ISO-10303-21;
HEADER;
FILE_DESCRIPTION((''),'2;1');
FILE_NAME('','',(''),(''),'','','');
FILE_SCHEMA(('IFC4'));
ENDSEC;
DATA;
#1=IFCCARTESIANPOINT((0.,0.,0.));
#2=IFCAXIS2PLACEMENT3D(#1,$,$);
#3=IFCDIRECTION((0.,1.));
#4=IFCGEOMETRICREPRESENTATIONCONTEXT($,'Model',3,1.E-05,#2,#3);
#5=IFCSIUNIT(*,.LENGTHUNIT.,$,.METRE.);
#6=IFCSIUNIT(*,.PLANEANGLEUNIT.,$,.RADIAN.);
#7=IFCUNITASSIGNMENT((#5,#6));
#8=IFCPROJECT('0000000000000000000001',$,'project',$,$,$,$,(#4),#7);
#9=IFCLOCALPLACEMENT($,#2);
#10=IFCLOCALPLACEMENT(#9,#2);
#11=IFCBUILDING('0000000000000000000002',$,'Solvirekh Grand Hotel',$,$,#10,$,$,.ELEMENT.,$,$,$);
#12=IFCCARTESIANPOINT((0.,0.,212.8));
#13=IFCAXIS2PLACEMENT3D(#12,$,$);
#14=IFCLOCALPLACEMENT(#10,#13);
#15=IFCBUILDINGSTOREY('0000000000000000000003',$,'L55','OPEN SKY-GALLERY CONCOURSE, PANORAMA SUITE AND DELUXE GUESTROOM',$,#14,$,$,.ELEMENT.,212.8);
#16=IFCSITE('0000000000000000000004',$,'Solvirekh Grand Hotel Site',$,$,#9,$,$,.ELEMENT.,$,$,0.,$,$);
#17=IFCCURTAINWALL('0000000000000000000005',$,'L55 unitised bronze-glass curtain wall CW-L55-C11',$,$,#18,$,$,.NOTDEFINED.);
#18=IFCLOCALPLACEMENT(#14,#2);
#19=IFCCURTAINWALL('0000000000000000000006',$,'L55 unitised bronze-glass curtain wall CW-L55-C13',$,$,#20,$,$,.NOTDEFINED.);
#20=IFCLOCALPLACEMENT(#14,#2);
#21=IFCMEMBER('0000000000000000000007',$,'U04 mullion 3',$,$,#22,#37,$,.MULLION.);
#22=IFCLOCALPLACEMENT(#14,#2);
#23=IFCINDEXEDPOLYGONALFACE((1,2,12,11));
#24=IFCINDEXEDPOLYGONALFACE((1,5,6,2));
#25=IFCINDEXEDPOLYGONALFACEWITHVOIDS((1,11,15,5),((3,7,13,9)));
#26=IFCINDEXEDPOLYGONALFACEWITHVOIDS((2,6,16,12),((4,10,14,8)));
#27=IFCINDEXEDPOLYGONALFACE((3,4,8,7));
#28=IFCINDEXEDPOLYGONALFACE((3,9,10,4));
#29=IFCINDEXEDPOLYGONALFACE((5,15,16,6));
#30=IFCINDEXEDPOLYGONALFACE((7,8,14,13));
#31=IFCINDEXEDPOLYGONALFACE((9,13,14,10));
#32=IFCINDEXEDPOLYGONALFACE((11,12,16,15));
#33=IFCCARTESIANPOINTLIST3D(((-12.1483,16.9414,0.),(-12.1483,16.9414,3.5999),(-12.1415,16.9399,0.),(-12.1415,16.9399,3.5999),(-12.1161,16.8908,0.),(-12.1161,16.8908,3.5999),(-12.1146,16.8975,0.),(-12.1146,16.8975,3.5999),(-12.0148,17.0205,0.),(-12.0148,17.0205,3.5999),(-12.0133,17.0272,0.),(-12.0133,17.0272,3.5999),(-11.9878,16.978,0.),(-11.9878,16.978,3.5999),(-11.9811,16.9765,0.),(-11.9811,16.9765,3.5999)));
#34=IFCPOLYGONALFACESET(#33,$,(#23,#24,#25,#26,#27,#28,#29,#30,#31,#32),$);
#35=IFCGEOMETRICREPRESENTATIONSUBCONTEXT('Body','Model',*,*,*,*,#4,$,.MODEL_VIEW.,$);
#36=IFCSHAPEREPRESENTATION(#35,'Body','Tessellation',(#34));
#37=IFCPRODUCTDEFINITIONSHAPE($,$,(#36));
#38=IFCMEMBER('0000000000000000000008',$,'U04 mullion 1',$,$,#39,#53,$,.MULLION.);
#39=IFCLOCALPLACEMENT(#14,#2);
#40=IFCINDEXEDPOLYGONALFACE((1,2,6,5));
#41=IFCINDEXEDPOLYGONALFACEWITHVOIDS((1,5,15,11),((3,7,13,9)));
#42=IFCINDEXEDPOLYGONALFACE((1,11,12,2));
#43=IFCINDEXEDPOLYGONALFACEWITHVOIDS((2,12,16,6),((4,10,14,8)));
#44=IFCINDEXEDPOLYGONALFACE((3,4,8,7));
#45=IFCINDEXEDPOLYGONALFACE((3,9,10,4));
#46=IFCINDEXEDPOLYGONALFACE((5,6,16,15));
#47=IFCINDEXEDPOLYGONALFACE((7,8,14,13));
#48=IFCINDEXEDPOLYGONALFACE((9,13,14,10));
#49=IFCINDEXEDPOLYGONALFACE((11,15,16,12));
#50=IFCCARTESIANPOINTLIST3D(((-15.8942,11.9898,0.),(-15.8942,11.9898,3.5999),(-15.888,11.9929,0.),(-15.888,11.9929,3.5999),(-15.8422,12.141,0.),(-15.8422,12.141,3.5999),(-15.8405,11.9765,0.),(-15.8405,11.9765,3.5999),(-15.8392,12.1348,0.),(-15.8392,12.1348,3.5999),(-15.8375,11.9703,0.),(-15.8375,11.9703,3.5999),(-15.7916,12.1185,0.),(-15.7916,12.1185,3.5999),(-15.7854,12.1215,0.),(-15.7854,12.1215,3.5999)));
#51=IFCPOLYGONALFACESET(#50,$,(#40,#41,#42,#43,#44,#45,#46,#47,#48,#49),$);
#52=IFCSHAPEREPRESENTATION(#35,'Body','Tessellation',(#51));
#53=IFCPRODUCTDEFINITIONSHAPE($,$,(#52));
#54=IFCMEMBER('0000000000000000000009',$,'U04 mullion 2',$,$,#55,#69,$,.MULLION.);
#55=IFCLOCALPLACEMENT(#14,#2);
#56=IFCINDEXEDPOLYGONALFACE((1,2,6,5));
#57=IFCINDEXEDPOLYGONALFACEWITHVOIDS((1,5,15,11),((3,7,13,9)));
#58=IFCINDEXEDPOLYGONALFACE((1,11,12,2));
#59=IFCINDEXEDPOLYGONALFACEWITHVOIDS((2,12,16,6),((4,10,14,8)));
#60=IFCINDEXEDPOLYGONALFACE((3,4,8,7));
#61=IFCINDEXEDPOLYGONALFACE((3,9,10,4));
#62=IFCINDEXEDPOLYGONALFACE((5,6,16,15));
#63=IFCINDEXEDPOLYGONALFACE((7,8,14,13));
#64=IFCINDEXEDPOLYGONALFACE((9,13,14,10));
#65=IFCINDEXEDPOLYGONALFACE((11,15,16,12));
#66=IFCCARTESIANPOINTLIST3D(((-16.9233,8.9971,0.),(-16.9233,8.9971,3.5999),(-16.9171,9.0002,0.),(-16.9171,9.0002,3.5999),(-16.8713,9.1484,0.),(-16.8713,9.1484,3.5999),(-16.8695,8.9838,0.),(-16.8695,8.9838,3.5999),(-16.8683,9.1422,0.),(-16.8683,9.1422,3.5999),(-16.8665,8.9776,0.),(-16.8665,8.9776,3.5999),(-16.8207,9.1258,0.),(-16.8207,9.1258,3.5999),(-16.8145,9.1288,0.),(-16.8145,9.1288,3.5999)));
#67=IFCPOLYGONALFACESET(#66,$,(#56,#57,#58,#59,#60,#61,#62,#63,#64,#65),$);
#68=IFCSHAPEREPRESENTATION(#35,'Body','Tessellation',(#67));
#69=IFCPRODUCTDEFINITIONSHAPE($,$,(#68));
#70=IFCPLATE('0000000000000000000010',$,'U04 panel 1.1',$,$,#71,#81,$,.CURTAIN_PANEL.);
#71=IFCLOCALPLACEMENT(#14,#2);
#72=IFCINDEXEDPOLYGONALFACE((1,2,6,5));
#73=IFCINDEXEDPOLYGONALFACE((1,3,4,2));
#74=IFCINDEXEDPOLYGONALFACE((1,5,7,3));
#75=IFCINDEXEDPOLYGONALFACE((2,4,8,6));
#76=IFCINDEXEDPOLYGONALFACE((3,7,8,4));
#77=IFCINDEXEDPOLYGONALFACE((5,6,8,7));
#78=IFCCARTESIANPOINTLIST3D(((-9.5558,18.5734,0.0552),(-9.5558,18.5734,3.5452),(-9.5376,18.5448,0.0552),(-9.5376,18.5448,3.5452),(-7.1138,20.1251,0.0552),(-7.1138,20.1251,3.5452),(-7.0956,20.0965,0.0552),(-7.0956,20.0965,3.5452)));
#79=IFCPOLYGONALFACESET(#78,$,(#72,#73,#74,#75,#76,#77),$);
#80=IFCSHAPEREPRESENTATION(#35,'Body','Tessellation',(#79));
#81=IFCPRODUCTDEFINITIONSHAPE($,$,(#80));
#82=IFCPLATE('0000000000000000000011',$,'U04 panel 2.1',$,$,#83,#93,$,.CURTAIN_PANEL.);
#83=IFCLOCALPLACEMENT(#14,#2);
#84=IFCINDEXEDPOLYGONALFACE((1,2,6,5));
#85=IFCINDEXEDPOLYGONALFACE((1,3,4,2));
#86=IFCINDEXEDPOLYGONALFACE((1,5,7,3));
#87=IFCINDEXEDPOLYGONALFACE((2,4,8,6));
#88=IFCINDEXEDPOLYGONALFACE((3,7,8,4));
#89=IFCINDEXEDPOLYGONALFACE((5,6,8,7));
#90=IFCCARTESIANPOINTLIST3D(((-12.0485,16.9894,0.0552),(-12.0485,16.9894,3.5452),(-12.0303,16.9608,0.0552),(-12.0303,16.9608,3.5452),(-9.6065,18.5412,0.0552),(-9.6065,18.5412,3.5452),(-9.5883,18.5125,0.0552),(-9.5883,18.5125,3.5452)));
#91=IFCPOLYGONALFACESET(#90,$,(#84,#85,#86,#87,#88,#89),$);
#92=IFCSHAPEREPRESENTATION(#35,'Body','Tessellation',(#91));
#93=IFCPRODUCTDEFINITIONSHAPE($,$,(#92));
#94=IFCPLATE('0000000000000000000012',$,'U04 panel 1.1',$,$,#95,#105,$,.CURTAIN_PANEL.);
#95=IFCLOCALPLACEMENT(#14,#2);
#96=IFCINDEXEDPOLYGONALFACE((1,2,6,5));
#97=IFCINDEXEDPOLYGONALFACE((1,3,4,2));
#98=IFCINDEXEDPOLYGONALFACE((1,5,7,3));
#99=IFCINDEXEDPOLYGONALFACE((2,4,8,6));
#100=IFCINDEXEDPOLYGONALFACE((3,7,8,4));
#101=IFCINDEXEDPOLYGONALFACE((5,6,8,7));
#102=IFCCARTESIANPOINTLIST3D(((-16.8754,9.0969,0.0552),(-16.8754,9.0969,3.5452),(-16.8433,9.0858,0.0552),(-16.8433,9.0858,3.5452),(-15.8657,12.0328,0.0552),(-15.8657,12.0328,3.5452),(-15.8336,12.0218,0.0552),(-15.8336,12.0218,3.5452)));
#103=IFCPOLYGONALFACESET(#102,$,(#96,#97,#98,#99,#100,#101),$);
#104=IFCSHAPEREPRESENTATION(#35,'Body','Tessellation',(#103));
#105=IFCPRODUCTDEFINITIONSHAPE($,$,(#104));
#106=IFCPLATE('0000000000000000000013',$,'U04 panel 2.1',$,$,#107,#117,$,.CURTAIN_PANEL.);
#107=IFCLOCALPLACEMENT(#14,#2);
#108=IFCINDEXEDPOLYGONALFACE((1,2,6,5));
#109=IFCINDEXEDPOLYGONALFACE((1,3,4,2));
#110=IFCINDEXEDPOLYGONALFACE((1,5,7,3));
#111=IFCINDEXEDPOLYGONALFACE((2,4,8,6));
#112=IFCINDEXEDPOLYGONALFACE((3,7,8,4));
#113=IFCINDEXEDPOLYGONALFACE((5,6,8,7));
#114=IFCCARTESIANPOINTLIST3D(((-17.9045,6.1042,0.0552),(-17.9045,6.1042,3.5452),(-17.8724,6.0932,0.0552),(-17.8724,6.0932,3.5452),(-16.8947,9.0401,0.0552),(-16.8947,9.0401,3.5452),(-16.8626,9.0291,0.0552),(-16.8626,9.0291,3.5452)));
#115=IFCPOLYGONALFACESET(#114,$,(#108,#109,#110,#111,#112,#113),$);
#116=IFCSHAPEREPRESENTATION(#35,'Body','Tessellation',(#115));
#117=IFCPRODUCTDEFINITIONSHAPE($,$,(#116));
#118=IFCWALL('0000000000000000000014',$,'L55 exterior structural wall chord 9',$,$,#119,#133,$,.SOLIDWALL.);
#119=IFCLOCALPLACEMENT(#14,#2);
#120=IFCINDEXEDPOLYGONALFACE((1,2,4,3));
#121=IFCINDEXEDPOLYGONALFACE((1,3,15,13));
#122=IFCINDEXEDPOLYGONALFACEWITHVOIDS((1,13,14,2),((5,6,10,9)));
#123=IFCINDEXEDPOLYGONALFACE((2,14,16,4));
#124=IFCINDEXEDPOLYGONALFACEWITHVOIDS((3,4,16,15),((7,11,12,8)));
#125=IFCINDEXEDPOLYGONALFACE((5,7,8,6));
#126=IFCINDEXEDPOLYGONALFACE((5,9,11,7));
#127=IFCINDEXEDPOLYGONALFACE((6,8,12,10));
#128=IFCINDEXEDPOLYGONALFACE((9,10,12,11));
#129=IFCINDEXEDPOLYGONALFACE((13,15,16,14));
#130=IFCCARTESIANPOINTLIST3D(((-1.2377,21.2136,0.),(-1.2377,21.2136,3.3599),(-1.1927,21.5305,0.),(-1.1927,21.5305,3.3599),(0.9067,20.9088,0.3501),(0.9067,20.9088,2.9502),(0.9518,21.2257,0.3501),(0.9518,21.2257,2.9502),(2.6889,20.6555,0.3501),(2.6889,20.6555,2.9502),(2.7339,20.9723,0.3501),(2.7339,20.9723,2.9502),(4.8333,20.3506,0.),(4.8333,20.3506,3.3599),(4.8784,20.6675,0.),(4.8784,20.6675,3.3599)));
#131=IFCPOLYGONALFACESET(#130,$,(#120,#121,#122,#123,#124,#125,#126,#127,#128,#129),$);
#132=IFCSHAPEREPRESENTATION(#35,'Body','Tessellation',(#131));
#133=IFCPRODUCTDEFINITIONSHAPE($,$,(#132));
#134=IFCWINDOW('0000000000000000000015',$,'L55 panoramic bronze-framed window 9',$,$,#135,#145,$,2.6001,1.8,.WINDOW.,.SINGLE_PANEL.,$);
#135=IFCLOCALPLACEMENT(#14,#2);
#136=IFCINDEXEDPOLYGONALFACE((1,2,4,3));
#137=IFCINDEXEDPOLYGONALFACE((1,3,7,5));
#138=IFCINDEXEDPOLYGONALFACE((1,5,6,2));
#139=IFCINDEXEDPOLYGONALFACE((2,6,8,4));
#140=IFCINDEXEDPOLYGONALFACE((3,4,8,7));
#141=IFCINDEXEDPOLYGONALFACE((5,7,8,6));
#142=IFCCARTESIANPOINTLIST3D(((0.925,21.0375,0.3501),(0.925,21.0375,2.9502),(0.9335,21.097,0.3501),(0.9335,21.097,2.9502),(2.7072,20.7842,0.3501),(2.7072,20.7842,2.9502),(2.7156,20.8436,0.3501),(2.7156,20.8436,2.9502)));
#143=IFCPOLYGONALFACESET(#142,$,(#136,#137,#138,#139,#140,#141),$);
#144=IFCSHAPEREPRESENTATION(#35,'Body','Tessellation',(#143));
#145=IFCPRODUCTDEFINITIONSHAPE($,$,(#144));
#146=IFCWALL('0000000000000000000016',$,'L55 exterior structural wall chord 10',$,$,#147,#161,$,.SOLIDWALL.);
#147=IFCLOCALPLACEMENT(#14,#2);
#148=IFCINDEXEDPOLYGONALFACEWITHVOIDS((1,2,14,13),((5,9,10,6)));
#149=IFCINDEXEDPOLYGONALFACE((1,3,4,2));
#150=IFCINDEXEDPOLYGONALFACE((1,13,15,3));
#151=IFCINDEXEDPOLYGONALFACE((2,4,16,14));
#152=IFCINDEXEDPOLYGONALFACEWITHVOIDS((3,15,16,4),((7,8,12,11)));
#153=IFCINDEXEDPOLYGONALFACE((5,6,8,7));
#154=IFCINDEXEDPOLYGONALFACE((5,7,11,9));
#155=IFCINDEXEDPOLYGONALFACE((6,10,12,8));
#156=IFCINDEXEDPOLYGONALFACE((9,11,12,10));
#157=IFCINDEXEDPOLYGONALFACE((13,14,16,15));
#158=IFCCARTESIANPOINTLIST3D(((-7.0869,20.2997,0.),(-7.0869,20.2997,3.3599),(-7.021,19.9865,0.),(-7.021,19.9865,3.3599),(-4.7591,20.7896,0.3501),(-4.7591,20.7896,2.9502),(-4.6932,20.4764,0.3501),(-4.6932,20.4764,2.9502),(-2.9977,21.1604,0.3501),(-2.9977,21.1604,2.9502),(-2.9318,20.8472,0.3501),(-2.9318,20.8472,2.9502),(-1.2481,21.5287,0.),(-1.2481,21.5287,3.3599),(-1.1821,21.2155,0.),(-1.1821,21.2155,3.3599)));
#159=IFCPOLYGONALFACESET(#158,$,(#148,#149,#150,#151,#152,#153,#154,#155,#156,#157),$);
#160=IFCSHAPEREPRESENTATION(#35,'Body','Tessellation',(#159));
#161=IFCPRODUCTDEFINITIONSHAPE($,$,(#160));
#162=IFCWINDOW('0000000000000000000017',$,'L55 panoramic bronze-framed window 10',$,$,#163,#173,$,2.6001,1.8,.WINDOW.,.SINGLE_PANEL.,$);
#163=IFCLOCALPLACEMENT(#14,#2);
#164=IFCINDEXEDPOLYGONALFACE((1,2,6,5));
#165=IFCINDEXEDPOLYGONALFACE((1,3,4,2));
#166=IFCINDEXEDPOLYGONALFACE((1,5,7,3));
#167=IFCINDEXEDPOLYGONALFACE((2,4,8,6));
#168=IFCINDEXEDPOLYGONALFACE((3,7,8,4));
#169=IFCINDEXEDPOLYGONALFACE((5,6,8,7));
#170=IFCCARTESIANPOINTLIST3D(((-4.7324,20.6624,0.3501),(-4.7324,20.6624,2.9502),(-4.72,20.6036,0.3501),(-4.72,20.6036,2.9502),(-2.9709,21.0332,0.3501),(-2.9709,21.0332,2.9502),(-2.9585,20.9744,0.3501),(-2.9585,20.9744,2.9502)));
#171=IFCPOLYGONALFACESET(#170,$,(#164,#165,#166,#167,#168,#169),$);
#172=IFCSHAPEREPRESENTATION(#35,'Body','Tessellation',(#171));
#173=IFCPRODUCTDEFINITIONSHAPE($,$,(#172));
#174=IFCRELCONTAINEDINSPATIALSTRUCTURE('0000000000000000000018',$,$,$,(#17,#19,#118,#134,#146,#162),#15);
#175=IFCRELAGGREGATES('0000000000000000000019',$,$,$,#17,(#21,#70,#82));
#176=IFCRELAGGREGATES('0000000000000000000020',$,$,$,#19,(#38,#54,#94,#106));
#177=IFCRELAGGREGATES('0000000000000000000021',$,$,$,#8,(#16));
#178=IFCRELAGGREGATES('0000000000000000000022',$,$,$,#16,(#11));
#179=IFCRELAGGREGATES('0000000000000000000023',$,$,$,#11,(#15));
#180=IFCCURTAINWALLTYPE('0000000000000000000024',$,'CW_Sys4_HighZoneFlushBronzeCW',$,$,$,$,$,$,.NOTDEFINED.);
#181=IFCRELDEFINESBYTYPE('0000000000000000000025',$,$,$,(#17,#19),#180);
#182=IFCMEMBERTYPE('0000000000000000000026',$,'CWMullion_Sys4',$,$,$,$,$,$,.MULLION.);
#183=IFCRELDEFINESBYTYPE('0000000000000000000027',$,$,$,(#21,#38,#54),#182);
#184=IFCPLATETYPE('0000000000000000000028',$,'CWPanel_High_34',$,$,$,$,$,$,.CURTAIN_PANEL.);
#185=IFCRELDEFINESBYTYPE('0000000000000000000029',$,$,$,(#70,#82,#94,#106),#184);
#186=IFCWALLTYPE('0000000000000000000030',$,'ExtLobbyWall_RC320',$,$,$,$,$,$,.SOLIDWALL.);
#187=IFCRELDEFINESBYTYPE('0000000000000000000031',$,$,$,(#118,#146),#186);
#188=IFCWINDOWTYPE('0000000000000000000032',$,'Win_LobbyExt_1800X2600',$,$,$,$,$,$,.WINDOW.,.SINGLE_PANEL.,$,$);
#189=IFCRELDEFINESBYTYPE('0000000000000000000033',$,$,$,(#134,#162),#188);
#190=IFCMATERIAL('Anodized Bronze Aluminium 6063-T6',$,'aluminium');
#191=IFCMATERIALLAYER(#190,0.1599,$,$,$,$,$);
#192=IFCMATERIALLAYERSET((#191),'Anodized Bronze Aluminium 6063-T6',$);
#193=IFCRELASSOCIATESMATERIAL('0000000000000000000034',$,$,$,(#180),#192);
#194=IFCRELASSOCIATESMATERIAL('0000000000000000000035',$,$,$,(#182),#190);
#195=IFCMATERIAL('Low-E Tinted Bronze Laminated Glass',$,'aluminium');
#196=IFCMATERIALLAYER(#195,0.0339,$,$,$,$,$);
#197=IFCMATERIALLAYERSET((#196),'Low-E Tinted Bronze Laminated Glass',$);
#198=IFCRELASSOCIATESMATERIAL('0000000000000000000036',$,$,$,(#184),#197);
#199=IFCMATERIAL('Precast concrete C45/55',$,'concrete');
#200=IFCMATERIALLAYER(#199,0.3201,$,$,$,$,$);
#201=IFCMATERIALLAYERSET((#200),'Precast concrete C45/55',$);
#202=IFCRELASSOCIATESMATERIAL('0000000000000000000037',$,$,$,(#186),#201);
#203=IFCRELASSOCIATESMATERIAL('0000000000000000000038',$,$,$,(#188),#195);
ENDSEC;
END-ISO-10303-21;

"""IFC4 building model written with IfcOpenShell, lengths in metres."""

from ifc_helpers import new_model, si_unit, direction, frame, frame_2d, origin, origin_2d, place, context, subcontext, project, spatial, rectangle, hollow_rectangle, extrude, source, transform, mapped, material, layer, layer_set, material_profile, profile_set, type_object, element, fill, aggregate, save


model = new_model("IFC4")

# Units and contexts
model_context = context("Model", 3, precision=1e-05, world=origin(), true_north=direction((0.0, 1.0)))
body_context = subcontext(model_context, "Body", "Model", "MODEL_VIEW")
ifc_project = project(units=[si_unit("LENGTHUNIT", "METRE"), si_unit("PLANEANGLEUNIT", "RADIAN")], contexts=[model_context])

# Site, building, storey
site_placement = place(None, origin())
site = spatial("IfcSite", under=ifc_project, at=site_placement, Name="Solvirekh Grand Hotel Site", CompositionType="ELEMENT", RefElevation=0.0)
building_placement = place(site_placement, origin())
building = spatial("IfcBuilding", under=site, at=building_placement, Name="Solvirekh Grand Hotel", CompositionType="ELEMENT")
storey_placement = place(building_placement, frame((0.0, 0.0, 212.8)))
storey = spatial("IfcBuildingStorey", under=building, at=storey_placement, Name="L55", Description="OPEN SKY-GALLERY CONCOURSE, PANORAMA SUITE AND DELUXE GUESTROOM", CompositionType="ELEMENT", Elevation=212.8)

# Curtain walls
ifc_material_1 = material(Name="Anodized Bronze Aluminium 6063-T6", Category="aluminium")
ifc_layer_1 = layer(ifc_material_1, 0.1599)
ifc_layer_set_1 = layer_set([ifc_layer_1], Name="Anodized Bronze Aluminium 6063-T6")
curtain_wall_type = type_object("IfcCurtainWallType", Name="CW_Sys4_HighZoneFlushBronzeCW", PredefinedType="NOTDEFINED", material=ifc_layer_set_1)
curtain_wall_1_placement = place(storey_placement, origin())
curtain_wall_1 = element("IfcCurtainWall", 1, at=curtain_wall_1_placement, inside=storey, type_object=curtain_wall_type, Name="L55 unitised bronze-glass curtain wall CW-L55-C11", PredefinedType="NOTDEFINED")
curtain_wall_2_placement = place(storey_placement, origin())
curtain_wall_2 = element("IfcCurtainWall", 2, at=curtain_wall_2_placement, inside=storey, type_object=curtain_wall_type, Name="L55 unitised bronze-glass curtain wall CW-L55-C13", PredefinedType="NOTDEFINED")

# Members
ifc_material_profile_1 = material_profile(ifc_material_1, hollow_rectangle(XDim=0.0601, YDim=0.1599, WallThickness=0.0049, at=origin_2d()), Name="ALU RHS 160X60X5")
ifc_profile_set_1 = profile_set([ifc_material_profile_1], Name="Anodized Bronze Aluminium 6063-T6")
member_type_1 = type_object("IfcMemberType", Name="CWMullion_Sys4", PredefinedType="MULLION", material=ifc_profile_set_1)
shared_shape_1 = source(origin(), body_context, "Body", "SweptSolid", [
    extrude(hollow_rectangle(XDim=0.0601, YDim=0.1599, WallThickness=0.0049, at=origin_2d()), origin(), (0.0, 0.0, 1.0), 3.5999),
])
member_1_placement = place(storey_placement, frame((-12.0647, 16.959, 0.0), z_axis=(0.0, 0.0, 1.0), x_axis=(0.536311, -0.84402, 0.0)))
member_1 = element("IfcMember", 3, at=member_1_placement, type_object=member_type_1, Name="U04 mullion 3", PredefinedType="MULLION", context=body_context, shape_type="MappedRepresentation", body=[
    mapped(shared_shape_1, transform((0.0, 0.0, 0.0), x_axis=(1.0, 0.0, 0.0), y_axis=(0.0, 1.0, 0.0), z_axis=(0.0, 0.0, 1.0), scale=1.0)),
])
member_2_placement = place(storey_placement, frame((-15.8398, 12.0557, 0.0), z_axis=(0.0, 0.0, 1.0), x_axis=(0.945635, -0.325228, 0.0)))
member_2 = element("IfcMember", 4, at=member_2_placement, type_object=member_type_1, Name="U04 mullion 1", PredefinedType="MULLION", context=body_context, shape_type="MappedRepresentation", body=[
    mapped(shared_shape_1, transform((0.0, 0.0, 0.0), x_axis=(1.0, 0.0, 0.0), y_axis=(0.0, 1.0, 0.0), z_axis=(0.0, 0.0, 1.0), scale=1.0)),
])
member_3_placement = place(storey_placement, frame((-16.8689, 9.063, 0.0), z_axis=(0.0, 0.0, 1.0), x_axis=(0.945635, -0.325228, 0.0)))
member_3 = element("IfcMember", 5, at=member_3_placement, type_object=member_type_1, Name="U04 mullion 2", PredefinedType="MULLION", context=body_context, shape_type="MappedRepresentation", body=[
    mapped(shared_shape_1, transform((0.0, 0.0, 0.0), x_axis=(1.0, 0.0, 0.0), y_axis=(0.0, 1.0, 0.0), z_axis=(0.0, 0.0, 1.0), scale=1.0)),
])

# Plates
ifc_material_2 = material(Name="Low-E Tinted Bronze Laminated Glass", Category="aluminium")
ifc_layer_2 = layer(ifc_material_2, 0.0339)
ifc_layer_set_2 = layer_set([ifc_layer_2], Name="Low-E Tinted Bronze Laminated Glass")
plate_type = type_object("IfcPlateType", Name="CWPanel_High_34", PredefinedType="CURTAIN_PANEL", material=ifc_layer_set_2)
shared_shape_2 = source(origin(), body_context, "Body", "SweptSolid", [
    extrude(rectangle(XDim=2.8933, YDim=0.0339, at=origin_2d()), origin(), (0.0, 0.0, 1.0), 3.49),
])
plate_1_placement = place(storey_placement, frame((-8.3257, 19.335, 0.0552), z_axis=(0.0, 0.0, 1.0), x_axis=(-0.84402, -0.536311, 0.0)))
plate_1 = element("IfcPlate", 6, at=plate_1_placement, type_object=plate_type, Name="U04 panel 1.1", PredefinedType="CURTAIN_PANEL", context=body_context, shape_type="MappedRepresentation", body=[
    mapped(shared_shape_2, transform((0.0, 0.0, 0.0), x_axis=(1.0, 0.0, 0.0), y_axis=(0.0, 1.0, 0.0), z_axis=(0.0, 0.0, 1.0), scale=1.0)),
])
plate_2_placement = place(storey_placement, frame((-10.8184, 17.751, 0.0552), z_axis=(0.0, 0.0, 1.0), x_axis=(-0.84402, -0.536311, 0.0)))
plate_2 = element("IfcPlate", 7, at=plate_2_placement, type_object=plate_type, Name="U04 panel 2.1", PredefinedType="CURTAIN_PANEL", context=body_context, shape_type="MappedRepresentation", body=[
    mapped(shared_shape_2, transform((0.0, 0.0, 0.0), x_axis=(1.0, 0.0, 0.0), y_axis=(0.0, 1.0, 0.0), z_axis=(0.0, 0.0, 1.0), scale=1.0)),
])
aggregate(curtain_wall_1, [member_1, plate_1, plate_2])
shared_shape_3 = source(origin(), body_context, "Body", "SweptSolid", [
    extrude(rectangle(XDim=3.1047, YDim=0.0339, at=origin_2d()), origin(), (0.0, 0.0, 1.0), 3.49),
])
plate_3_placement = place(storey_placement, frame((-16.3545, 10.5593, 0.0552), z_axis=(0.0, 0.0, 1.0), x_axis=(-0.325228, -0.945635, 0.0)))
plate_3 = element("IfcPlate", 8, at=plate_3_placement, type_object=plate_type, Name="U04 panel 1.1", PredefinedType="CURTAIN_PANEL", context=body_context, shape_type="MappedRepresentation", body=[
    mapped(shared_shape_3, transform((0.0, 0.0, 0.0), x_axis=(1.0, 0.0, 0.0), y_axis=(0.0, 1.0, 0.0), z_axis=(0.0, 0.0, 1.0), scale=1.0)),
])
plate_4_placement = place(storey_placement, frame((-17.3835, 7.5667, 0.0552), z_axis=(0.0, 0.0, 1.0), x_axis=(-0.325228, -0.945635, 0.0)))
plate_4 = element("IfcPlate", 9, at=plate_4_placement, type_object=plate_type, Name="U04 panel 2.1", PredefinedType="CURTAIN_PANEL", context=body_context, shape_type="MappedRepresentation", body=[
    mapped(shared_shape_3, transform((0.0, 0.0, 0.0), x_axis=(1.0, 0.0, 0.0), y_axis=(0.0, 1.0, 0.0), z_axis=(0.0, 0.0, 1.0), scale=1.0)),
])
aggregate(curtain_wall_2, [member_2, member_3, plate_3, plate_4])

# Walls, openings, windows
ifc_material_3 = material(Name="Precast concrete C45/55", Category="concrete")
ifc_layer_3 = layer(ifc_material_3, 0.3201)
ifc_layer_set_3 = layer_set([ifc_layer_3], Name="Precast concrete C45/55")
wall_type_1 = type_object("IfcWallType", Name="ExtLobbyWall_RC320", PredefinedType="SOLIDWALL", material=ifc_layer_set_3)
wall_1_placement = place(storey_placement, frame((-1.2151, 21.3721, 0.0), z_axis=(0.0, 0.0, 1.0), x_axis=(0.990046, -0.140741, 0.0)))
wall_1 = element("IfcWall", 10, at=wall_1_placement, inside=storey, type_object=wall_type_1, Name="L55 exterior structural wall chord 9", PredefinedType="SOLIDWALL", context=body_context, shape_type="SweptSolid", body=[
    extrude(rectangle(XDim=6.1321, YDim=0.3201, at=frame_2d((3.0659, 0.0))), origin(), (0.0, 0.0, 1.0), 3.3599),
])
opening_1_placement = place(wall_1_placement, frame((2.166, 0.0, 0.3501)))
opening_1 = element("IfcOpeningElement", 11, at=opening_1_placement, cuts=wall_1, PredefinedType="OPENING", context=body_context, shape_type="SweptSolid", body=[
    extrude(rectangle(XDim=1.8, YDim=2.6001, at=frame_2d((0.8999, 1.3))), frame((0.0, 0.1699, 0.0), z_axis=(0.0, -1.0, 0.0), x_axis=(1.0, 0.0, 0.0)), (0.0, 0.0, 1.0), 0.3401),
])
window_type = type_object("IfcWindowType", Name="Win_LobbyExt_1800X2600", PartitioningType="SINGLE_PANEL", PredefinedType="WINDOW", material=ifc_material_2)
window_1_placement = place(opening_1_placement, origin())
window_1 = element("IfcWindow", 12, at=window_1_placement, inside=storey, type_object=window_type, Name="L55 panoramic bronze-framed window 9", OverallHeight=2.6001, OverallWidth=1.8, PartitioningType="SINGLE_PANEL", PredefinedType="WINDOW", context=body_context, shape_type="SweptSolid", body=[
    extrude(rectangle(XDim=1.8, YDim=2.6001, at=frame_2d((0.8999, 1.3))), frame((0.0, 0.03, 0.0), z_axis=(0.0, -1.0, 0.0), x_axis=(1.0, 0.0, 0.0)), (0.0, 0.0, 1.0), 0.0601),
])
fill(opening_1, window_1)
wall_2_placement = place(storey_placement, frame((-7.054, 20.1431, 0.0), z_axis=(0.0, 0.0, 1.0), x_axis=(0.978558, 0.205973, 0.0)))
wall_2 = element("IfcWall", 13, at=wall_2_placement, inside=storey, type_object=wall_type_1, Name="L55 exterior structural wall chord 10", PredefinedType="SOLIDWALL", context=body_context, shape_type="SweptSolid", body=[
    extrude(rectangle(XDim=5.9668, YDim=0.3201, at=frame_2d((2.9834, 0.0))), origin(), (0.0, 0.0, 1.0), 3.3599),
])
opening_2_placement = place(wall_2_placement, frame((2.3789, 0.0, 0.3501)))
opening_2 = element("IfcOpeningElement", 14, at=opening_2_placement, cuts=wall_2, PredefinedType="OPENING", context=body_context, shape_type="SweptSolid", body=[
    extrude(rectangle(XDim=1.8, YDim=2.6001, at=frame_2d((0.8999, 1.3))), frame((0.0, 0.1699, 0.0), z_axis=(0.0, -1.0, 0.0), x_axis=(1.0, 0.0, 0.0)), (0.0, 0.0, 1.0), 0.3401),
])
window_2_placement = place(opening_2_placement, origin())
window_2 = element("IfcWindow", 15, at=window_2_placement, inside=storey, type_object=window_type, Name="L55 panoramic bronze-framed window 10", OverallHeight=2.6001, OverallWidth=1.8, PartitioningType="SINGLE_PANEL", PredefinedType="WINDOW", context=body_context, shape_type="SweptSolid", body=[
    extrude(rectangle(XDim=1.8, YDim=2.6001, at=frame_2d((0.8999, 1.3))), frame((0.0, 0.03, 0.0), z_axis=(0.0, -1.0, 0.0), x_axis=(1.0, 0.0, 0.0)), (0.0, 0.0, 1.0), 0.0601),
])
fill(opening_2, window_2)

save(model, "model.ifc")
